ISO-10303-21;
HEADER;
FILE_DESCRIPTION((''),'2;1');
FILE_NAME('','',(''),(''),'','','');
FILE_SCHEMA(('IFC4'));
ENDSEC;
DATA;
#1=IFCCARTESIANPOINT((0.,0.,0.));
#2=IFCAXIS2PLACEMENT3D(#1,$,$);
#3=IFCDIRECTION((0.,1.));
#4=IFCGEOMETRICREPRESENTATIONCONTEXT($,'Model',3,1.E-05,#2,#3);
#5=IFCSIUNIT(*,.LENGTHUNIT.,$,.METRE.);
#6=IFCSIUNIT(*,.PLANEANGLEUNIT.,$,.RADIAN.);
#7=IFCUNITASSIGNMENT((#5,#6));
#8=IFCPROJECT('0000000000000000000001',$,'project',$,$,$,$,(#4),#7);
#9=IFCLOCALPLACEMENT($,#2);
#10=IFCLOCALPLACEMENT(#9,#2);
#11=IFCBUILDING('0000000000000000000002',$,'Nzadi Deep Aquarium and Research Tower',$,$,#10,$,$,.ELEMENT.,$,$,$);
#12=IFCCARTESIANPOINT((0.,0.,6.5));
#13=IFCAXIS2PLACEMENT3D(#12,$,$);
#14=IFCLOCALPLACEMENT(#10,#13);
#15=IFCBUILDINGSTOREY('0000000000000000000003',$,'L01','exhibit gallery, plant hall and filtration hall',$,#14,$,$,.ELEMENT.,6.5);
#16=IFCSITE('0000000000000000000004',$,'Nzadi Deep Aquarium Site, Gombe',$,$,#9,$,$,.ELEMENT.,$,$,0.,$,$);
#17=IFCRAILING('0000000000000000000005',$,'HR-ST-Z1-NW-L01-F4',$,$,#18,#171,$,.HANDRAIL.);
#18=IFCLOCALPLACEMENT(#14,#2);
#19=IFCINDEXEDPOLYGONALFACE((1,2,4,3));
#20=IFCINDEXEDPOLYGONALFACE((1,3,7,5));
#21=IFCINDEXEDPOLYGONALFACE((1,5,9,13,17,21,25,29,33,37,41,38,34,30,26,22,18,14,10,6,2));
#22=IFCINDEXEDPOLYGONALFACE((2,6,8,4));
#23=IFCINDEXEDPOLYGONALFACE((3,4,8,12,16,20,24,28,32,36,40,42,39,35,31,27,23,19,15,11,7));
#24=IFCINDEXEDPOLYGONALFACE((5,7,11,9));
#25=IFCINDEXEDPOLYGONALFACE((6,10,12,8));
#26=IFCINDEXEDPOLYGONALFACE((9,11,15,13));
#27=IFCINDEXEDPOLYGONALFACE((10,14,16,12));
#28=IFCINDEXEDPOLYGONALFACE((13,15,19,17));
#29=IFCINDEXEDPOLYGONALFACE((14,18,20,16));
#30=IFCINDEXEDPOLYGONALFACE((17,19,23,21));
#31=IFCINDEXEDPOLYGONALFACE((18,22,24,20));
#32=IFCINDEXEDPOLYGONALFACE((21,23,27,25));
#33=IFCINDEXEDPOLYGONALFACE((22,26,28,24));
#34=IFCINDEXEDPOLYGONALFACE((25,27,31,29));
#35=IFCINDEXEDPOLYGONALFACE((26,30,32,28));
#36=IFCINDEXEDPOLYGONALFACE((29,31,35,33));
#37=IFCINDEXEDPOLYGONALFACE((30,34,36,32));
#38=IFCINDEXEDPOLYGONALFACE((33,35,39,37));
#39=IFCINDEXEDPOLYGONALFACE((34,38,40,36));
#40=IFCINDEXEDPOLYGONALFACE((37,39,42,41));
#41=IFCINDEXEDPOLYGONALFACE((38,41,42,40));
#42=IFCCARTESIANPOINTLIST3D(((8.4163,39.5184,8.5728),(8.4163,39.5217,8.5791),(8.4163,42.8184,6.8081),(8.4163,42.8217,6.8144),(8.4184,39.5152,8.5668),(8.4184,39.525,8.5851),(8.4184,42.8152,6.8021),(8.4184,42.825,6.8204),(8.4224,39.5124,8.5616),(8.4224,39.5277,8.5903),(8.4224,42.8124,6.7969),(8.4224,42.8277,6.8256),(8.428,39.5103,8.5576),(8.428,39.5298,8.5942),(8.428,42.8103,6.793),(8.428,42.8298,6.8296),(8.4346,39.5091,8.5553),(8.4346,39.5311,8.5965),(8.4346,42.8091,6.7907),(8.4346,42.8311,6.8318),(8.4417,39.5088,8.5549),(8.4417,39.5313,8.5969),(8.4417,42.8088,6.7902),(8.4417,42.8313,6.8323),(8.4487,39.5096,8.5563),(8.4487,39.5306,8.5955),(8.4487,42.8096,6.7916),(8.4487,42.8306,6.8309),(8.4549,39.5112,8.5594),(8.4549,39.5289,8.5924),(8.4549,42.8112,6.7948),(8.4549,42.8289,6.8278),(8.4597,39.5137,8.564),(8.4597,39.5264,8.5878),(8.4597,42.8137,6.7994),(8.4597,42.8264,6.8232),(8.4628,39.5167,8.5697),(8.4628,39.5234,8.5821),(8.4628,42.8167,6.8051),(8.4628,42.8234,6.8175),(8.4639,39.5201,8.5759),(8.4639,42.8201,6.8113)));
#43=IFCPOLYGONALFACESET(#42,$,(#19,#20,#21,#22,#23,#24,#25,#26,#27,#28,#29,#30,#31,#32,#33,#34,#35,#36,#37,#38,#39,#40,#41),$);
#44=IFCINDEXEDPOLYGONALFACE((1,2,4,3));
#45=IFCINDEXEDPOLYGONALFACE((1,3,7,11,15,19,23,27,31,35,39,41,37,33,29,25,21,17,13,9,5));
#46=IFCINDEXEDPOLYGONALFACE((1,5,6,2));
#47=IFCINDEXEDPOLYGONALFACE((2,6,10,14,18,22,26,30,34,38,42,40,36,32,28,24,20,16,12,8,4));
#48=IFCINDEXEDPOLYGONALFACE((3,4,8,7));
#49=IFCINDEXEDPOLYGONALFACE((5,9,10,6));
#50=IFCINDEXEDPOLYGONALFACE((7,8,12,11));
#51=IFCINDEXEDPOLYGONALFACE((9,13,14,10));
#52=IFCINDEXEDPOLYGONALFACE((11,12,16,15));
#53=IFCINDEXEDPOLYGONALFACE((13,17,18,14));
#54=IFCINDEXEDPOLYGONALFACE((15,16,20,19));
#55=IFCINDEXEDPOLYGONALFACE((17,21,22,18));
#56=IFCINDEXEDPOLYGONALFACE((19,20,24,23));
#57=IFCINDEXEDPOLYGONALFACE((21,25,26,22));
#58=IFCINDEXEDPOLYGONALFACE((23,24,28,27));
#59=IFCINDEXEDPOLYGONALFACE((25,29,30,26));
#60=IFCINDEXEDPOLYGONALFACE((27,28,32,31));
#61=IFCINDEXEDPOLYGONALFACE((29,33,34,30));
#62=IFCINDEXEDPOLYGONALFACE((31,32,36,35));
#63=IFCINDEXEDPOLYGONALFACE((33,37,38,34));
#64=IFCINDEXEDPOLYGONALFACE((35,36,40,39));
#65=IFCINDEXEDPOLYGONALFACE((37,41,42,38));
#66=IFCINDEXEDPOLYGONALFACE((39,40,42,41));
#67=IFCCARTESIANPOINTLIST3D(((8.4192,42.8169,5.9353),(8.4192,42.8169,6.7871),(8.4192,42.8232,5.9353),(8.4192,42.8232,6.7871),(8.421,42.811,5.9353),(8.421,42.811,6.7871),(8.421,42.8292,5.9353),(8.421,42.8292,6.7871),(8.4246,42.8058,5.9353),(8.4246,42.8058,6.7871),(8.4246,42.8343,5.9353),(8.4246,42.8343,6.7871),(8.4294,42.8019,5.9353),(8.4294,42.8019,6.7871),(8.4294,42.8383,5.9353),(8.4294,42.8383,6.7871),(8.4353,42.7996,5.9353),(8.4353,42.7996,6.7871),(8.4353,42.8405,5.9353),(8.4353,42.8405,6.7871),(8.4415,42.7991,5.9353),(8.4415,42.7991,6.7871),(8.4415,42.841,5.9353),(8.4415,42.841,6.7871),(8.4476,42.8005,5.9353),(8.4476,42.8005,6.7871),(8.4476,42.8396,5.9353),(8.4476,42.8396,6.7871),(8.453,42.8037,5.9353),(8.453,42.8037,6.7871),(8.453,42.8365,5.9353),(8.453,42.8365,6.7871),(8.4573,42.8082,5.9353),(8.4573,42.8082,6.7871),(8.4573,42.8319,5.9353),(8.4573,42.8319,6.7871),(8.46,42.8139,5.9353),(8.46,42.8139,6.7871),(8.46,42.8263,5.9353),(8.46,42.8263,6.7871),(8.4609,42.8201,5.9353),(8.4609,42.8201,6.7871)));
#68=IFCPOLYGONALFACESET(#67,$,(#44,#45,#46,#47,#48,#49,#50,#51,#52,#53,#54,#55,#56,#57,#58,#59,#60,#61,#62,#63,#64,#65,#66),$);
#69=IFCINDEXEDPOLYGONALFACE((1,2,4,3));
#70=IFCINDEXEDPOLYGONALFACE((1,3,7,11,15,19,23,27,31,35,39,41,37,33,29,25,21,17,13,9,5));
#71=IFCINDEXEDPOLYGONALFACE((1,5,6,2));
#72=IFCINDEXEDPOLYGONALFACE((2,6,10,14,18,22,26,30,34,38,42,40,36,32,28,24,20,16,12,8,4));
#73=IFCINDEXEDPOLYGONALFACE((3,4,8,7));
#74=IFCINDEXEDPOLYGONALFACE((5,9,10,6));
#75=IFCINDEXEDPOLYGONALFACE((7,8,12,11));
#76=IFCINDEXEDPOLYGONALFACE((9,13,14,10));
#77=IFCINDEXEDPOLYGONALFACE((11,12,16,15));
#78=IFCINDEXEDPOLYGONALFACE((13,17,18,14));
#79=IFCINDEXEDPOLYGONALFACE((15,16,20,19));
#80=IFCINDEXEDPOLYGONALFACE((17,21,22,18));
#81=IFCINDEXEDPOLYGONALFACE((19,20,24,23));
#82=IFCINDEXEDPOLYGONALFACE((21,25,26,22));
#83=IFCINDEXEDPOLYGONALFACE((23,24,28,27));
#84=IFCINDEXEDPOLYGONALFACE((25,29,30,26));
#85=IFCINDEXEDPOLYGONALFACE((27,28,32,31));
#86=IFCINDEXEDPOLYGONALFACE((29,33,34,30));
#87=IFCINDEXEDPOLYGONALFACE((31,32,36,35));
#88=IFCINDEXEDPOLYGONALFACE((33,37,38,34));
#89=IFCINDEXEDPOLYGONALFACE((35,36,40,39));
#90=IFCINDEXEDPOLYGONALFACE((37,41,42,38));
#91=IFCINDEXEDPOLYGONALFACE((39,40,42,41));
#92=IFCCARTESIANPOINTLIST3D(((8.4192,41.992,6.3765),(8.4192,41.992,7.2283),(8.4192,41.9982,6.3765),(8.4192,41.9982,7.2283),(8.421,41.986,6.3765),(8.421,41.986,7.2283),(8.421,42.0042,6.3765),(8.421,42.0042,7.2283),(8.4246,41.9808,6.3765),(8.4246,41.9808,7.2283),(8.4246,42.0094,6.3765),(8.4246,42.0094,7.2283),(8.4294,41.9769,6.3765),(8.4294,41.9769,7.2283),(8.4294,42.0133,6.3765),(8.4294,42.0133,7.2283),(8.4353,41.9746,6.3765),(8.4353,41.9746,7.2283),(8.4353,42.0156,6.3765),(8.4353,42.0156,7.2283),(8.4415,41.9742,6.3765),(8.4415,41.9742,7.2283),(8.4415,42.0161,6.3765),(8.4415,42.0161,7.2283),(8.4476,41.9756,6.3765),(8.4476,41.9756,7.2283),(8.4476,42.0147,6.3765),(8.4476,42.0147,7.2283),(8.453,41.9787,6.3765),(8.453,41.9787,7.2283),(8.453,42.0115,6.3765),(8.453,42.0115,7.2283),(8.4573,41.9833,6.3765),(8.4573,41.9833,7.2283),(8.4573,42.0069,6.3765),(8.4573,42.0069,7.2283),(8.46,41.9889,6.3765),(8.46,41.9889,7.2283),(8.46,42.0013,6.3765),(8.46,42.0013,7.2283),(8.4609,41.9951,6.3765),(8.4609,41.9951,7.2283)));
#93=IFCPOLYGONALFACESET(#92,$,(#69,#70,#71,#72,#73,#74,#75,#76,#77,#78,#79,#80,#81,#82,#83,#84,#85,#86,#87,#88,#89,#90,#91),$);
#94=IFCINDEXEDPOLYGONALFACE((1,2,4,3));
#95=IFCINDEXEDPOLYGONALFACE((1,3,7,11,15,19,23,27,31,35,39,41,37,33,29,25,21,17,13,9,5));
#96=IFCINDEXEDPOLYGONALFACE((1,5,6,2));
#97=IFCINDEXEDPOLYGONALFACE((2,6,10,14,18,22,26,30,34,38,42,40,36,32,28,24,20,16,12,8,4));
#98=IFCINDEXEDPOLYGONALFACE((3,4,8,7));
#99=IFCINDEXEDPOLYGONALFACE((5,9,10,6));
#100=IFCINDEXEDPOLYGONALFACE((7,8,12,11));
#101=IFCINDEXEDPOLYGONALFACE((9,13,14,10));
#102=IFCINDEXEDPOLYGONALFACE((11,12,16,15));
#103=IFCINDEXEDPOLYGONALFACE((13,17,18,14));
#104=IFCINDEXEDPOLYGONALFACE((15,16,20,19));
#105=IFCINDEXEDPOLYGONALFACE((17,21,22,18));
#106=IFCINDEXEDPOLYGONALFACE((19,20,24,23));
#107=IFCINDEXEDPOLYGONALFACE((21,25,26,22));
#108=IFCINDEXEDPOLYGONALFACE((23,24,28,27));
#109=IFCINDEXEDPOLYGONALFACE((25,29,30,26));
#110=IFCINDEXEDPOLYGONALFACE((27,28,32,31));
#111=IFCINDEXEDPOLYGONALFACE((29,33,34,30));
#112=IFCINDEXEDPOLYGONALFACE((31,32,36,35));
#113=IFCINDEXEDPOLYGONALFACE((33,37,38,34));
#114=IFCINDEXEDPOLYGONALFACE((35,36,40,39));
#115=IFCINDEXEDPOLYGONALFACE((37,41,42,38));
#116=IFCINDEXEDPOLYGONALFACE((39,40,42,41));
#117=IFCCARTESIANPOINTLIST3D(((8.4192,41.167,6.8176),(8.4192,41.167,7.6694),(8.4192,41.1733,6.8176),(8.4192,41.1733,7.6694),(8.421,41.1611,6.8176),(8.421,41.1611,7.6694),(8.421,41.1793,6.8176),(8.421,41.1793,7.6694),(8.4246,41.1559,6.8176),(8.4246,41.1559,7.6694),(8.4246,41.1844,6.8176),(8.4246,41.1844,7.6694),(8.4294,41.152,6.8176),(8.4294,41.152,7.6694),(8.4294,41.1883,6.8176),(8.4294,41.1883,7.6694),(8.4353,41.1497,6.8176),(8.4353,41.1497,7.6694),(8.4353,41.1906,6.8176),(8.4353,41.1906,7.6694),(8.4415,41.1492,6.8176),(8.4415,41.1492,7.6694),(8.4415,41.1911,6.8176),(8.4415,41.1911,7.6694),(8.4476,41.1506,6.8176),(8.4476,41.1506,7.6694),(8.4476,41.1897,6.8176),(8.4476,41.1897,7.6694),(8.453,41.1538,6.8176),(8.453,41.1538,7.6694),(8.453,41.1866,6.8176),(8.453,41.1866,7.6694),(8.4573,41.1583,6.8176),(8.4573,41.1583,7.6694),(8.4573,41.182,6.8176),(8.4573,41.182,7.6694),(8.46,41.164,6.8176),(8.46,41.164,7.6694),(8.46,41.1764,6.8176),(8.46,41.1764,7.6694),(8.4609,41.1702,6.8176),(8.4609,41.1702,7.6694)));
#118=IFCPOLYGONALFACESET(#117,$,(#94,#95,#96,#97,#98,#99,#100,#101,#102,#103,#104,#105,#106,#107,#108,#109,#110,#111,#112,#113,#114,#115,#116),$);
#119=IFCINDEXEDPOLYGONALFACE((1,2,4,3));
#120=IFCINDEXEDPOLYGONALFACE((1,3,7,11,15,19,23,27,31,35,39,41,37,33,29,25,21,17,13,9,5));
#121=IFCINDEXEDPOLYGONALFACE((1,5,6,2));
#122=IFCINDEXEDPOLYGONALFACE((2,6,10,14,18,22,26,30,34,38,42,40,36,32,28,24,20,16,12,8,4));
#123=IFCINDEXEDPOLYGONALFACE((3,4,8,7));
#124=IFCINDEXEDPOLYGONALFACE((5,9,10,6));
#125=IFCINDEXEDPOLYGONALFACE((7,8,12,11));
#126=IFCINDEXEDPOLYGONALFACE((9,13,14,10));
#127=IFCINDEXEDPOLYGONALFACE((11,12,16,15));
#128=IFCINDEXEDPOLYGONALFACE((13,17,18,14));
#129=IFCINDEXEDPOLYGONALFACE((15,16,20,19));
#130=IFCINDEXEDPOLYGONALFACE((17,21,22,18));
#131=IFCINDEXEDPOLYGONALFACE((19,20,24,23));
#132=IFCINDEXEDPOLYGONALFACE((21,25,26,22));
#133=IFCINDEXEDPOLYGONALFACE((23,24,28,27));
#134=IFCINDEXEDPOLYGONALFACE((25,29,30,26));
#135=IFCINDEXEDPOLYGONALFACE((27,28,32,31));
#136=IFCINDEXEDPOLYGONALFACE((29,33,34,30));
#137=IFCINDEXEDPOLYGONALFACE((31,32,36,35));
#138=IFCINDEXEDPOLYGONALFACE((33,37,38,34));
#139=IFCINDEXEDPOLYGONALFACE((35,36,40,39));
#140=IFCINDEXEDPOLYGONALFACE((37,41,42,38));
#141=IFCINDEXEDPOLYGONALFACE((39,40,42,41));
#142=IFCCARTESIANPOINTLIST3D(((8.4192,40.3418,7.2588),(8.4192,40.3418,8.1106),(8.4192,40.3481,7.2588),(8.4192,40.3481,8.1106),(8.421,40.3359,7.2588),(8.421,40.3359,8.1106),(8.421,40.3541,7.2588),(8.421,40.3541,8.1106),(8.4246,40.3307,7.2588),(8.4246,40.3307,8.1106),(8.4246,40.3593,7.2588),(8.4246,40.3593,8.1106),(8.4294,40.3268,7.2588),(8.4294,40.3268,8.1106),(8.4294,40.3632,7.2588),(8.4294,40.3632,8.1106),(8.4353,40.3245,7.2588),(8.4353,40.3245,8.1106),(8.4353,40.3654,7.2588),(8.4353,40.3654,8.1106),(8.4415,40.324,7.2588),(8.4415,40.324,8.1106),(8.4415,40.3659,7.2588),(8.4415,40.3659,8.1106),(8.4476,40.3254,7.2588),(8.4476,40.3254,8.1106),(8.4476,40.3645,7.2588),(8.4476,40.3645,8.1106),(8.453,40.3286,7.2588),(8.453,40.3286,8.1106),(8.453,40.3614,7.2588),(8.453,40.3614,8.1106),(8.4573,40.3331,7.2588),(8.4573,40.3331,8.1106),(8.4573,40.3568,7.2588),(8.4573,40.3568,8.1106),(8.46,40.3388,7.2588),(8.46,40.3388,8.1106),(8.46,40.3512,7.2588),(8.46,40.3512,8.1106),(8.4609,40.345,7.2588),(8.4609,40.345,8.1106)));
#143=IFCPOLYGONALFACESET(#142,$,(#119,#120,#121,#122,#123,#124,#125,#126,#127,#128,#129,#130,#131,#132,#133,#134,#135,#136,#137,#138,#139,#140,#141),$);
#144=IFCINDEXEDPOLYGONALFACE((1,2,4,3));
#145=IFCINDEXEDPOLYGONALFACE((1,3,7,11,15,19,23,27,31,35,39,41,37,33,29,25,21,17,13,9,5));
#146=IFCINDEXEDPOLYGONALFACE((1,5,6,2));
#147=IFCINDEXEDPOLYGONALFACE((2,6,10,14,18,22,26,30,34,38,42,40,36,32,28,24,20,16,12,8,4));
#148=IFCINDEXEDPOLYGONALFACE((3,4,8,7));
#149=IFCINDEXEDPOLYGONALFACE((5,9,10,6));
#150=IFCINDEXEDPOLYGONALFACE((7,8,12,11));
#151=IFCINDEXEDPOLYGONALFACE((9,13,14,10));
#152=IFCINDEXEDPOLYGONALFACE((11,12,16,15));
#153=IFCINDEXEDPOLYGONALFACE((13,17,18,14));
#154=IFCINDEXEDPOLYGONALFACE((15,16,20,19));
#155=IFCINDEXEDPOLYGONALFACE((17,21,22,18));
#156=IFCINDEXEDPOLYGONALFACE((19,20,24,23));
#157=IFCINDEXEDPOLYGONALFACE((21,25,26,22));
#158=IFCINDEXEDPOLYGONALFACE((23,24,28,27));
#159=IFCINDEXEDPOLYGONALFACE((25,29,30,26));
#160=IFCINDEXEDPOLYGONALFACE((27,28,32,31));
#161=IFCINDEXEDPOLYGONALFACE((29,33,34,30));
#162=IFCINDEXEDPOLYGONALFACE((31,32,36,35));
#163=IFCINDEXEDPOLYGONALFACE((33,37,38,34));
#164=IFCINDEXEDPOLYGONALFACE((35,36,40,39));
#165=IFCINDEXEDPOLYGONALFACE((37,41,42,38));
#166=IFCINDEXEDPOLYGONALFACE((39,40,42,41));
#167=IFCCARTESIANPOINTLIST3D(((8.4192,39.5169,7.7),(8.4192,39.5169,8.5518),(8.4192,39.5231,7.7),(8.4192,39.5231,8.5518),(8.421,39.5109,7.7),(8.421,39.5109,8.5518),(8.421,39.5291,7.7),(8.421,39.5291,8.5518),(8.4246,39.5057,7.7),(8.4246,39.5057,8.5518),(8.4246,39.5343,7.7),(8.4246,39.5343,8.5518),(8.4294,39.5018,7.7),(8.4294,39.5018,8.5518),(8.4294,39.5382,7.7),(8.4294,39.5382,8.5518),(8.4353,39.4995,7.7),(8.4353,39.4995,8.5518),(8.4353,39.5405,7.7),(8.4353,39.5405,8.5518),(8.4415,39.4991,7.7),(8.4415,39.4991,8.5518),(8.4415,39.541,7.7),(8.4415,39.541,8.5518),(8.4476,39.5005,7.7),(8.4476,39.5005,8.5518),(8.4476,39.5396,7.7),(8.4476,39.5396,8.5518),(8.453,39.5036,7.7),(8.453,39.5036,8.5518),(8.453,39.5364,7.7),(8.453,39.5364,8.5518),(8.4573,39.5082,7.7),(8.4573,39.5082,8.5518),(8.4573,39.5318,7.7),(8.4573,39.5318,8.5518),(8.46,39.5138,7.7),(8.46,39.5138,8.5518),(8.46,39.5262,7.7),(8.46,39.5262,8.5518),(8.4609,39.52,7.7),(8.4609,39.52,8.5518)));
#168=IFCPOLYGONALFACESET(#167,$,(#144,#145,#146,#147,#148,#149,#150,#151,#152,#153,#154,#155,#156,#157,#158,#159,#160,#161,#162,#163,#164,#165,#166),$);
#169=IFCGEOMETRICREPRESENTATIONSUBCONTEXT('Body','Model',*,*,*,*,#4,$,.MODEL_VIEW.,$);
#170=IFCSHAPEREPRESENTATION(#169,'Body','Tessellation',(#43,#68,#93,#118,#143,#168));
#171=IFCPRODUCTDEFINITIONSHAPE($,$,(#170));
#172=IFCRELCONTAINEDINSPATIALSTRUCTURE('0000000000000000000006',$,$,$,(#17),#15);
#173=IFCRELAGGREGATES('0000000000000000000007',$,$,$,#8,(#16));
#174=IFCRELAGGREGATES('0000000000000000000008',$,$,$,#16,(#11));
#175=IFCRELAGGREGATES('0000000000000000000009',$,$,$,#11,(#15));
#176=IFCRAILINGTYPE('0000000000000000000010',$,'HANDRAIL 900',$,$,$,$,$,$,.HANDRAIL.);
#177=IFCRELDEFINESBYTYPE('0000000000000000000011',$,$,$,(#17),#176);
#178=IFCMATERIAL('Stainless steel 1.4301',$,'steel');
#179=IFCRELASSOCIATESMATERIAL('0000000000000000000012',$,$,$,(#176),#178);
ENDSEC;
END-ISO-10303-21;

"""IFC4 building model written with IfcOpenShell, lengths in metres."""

from ifc_helpers import new_model, si_unit, direction, frame, origin, origin_2d, place, context, subcontext, project, spatial, circle, extrude, material, type_object, element, save


model = new_model("IFC4")

# Units and contexts
model_context = context("Model", 3, precision=1e-05, world=origin(), true_north=direction((0.0, 1.0)))
body_context = subcontext(model_context, "Body", "Model", "MODEL_VIEW")
ifc_project = project(units=[si_unit("LENGTHUNIT", "METRE"), si_unit("PLANEANGLEUNIT", "RADIAN")], contexts=[model_context])

# Site, building, storey
site_placement = place(None, origin())
site = spatial("IfcSite", under=ifc_project, at=site_placement, Name="Nzadi Deep Aquarium Site, Gombe", CompositionType="ELEMENT", RefElevation=0.0)
building_placement = place(site_placement, origin())
building = spatial("IfcBuilding", under=site, at=building_placement, Name="Nzadi Deep Aquarium and Research Tower", CompositionType="ELEMENT")
storey_placement = place(building_placement, frame((0.0, 0.0, 6.5)))
storey = spatial("IfcBuildingStorey", under=building, at=storey_placement, Name="L01", Description="exhibit gallery, plant hall and filtration hall", CompositionType="ELEMENT", Elevation=6.5)

# Railing
ifc_material_1 = material(Name="Stainless steel 1.4301", Category="steel")
railing_type = type_object("IfcRailingType", Name="HANDRAIL 900", PredefinedType="HANDRAIL", material=ifc_material_1)
for number, where, name in (
    (1, (8.4399, 42.8201, 5.9353), "HR-ST-Z1-NW-L01-F4"),
):
    element("IfcRailing", number, at=place(storey_placement, frame(where)), inside=storey, type_object=railing_type, Name=name, PredefinedType="HANDRAIL", context=body_context, shape_type="SweptSolid", body=[
        extrude(circle(Radius=0.0239, at=origin_2d()), frame((0.0, 0.0, 0.876), z_axis=(0.0, -0.88184, 0.47155), x_axis=(1.0, 0.0, 0.0)), (0.0, 0.0, 1.0), 3.7422),
        extrude(circle(Radius=0.021, at=origin_2d()), origin(), (0.0, 0.0, 1.0), 0.8518),
        extrude(circle(Radius=0.021, at=origin_2d()), frame((0.0, -0.825, 0.4412)), (0.0, 0.0, 1.0), 0.8518),
        extrude(circle(Radius=0.021, at=origin_2d()), frame((0.0, -1.6499, 0.8823)), (0.0, 0.0, 1.0), 0.8518),
        extrude(circle(Radius=0.021, at=origin_2d()), frame((0.0, -2.4751, 1.3235)), (0.0, 0.0, 1.0), 0.8518),
        extrude(circle(Radius=0.021, at=origin_2d()), frame((0.0, -3.3, 1.7646)), (0.0, 0.0, 1.0), 0.8518),
    ])

save(model, "model.ifc")
